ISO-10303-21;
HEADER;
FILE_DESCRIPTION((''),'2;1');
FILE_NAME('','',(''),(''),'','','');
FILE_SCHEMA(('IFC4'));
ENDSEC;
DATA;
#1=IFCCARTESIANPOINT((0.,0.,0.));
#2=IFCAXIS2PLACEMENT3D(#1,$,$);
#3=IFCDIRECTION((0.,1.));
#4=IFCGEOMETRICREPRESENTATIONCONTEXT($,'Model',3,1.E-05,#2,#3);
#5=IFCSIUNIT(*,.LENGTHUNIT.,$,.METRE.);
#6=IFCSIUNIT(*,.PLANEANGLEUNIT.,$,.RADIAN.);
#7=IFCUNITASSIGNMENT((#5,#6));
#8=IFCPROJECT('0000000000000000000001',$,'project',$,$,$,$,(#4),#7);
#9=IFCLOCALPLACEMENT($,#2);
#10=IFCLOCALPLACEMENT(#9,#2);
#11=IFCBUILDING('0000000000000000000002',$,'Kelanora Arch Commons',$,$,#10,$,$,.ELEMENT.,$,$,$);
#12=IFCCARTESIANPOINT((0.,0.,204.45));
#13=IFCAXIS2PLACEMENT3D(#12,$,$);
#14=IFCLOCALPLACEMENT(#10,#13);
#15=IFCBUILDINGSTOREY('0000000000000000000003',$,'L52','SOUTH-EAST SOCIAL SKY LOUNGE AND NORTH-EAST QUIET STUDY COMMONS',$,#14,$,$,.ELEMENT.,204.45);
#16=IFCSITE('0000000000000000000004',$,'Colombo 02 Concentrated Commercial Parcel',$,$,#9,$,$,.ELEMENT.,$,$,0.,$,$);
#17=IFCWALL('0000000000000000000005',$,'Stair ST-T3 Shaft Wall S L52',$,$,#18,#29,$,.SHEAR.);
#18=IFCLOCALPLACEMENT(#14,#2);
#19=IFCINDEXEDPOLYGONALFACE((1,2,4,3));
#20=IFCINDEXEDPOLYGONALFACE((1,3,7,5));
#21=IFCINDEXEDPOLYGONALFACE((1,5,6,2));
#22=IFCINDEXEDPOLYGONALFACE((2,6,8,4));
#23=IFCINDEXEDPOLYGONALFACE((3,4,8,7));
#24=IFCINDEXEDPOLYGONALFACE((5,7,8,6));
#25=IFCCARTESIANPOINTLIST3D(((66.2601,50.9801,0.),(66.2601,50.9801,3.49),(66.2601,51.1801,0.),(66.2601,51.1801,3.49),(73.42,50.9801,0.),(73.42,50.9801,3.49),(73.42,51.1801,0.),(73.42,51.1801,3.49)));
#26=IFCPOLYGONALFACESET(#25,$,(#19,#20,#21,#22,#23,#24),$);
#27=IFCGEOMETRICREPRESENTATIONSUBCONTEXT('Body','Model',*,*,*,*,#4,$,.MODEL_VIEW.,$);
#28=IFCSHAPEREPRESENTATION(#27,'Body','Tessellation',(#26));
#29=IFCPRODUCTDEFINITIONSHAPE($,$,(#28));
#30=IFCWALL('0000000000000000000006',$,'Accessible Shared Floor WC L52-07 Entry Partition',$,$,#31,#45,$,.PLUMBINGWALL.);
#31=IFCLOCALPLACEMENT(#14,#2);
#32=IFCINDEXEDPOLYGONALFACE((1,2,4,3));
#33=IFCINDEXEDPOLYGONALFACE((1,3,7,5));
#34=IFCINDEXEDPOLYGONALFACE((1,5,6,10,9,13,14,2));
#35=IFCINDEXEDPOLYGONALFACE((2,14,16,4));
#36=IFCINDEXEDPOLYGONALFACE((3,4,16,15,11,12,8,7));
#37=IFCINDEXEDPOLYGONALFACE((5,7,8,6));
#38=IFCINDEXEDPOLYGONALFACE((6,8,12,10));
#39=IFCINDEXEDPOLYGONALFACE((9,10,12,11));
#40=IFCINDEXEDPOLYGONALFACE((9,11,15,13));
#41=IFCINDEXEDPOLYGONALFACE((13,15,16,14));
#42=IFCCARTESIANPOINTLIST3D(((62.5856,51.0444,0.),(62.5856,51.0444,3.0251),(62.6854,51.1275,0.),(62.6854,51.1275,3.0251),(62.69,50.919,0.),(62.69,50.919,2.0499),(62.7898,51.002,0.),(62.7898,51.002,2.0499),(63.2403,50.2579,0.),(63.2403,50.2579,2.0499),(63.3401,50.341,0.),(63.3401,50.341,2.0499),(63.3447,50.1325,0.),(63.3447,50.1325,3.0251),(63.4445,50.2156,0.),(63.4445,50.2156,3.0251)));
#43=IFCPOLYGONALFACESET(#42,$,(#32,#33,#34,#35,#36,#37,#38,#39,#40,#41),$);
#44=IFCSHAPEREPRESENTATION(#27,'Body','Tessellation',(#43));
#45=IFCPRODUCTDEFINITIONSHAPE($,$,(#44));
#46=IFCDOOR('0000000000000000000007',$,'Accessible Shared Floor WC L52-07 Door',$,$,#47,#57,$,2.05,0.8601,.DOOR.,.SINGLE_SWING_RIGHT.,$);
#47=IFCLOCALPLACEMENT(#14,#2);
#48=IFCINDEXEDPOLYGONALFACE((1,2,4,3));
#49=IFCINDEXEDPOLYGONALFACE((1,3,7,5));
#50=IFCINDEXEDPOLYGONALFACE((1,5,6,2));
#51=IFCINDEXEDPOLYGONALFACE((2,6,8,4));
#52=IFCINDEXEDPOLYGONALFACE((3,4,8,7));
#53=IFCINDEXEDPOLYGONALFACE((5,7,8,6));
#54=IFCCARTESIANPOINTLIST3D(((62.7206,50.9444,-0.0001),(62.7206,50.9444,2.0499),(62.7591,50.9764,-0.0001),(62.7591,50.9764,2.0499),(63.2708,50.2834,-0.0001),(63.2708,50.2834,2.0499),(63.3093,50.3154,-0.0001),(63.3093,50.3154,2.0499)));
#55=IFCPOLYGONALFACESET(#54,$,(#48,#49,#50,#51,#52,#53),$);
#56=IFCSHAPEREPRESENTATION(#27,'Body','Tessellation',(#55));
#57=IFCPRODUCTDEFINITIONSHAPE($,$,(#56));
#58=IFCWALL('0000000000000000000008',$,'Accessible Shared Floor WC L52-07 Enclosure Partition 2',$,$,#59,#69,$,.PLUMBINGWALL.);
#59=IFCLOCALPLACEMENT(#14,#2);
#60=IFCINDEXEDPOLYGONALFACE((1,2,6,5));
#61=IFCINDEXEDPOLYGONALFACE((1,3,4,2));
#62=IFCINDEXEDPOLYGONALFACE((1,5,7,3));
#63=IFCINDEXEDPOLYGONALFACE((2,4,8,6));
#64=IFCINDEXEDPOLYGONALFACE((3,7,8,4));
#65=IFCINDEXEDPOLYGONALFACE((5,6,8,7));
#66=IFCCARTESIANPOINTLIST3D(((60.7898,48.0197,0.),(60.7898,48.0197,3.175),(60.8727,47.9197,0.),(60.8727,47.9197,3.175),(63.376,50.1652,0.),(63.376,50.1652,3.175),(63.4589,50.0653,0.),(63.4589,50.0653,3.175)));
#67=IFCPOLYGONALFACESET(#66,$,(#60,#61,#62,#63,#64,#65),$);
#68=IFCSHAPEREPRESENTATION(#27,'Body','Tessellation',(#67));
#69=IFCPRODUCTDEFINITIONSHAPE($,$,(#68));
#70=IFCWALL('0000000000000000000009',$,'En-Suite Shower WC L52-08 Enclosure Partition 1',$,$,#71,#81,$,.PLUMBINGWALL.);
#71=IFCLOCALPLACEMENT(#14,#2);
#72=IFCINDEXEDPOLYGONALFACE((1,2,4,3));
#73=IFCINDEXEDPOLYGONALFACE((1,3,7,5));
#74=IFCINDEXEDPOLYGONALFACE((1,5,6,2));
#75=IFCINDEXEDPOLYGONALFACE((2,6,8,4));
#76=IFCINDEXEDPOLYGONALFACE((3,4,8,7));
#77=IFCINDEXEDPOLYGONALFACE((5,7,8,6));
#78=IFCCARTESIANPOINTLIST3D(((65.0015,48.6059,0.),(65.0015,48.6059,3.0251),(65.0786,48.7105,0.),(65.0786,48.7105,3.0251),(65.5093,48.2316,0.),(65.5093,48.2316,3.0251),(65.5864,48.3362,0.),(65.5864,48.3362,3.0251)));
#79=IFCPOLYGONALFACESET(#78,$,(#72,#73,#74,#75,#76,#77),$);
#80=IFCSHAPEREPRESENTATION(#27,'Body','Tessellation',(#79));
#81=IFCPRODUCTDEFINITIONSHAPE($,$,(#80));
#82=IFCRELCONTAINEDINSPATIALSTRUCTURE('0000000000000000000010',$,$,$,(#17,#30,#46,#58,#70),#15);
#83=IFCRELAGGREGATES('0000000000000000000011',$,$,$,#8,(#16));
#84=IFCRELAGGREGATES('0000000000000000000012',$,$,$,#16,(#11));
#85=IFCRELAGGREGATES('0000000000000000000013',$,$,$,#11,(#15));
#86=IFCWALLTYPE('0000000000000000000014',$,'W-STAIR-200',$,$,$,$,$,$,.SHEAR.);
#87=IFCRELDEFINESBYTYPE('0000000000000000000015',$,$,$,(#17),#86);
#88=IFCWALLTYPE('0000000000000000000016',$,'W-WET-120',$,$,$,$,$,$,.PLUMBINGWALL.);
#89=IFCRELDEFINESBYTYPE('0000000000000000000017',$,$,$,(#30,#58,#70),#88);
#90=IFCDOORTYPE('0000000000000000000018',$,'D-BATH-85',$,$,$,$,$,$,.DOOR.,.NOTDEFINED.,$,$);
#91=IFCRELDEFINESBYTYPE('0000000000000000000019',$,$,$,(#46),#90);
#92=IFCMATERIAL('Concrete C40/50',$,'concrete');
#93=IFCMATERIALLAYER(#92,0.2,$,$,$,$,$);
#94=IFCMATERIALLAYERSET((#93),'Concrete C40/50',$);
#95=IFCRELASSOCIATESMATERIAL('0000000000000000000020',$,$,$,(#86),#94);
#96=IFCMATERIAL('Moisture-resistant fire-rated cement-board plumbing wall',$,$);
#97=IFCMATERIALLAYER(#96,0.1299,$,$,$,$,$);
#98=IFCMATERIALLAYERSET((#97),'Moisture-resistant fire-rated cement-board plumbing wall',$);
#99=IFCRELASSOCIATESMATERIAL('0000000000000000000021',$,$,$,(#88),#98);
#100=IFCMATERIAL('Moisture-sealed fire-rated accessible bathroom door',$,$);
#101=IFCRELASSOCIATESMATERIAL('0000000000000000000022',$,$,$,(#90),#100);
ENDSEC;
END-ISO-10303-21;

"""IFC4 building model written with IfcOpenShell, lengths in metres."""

from ifc_helpers import new_model, si_unit, direction, frame, frame_2d, origin, place, context, subcontext, project, spatial, rectangle, extrude, material, layer, layer_set, type_object, element, fill, save


model = new_model("IFC4")

# Units and contexts
model_context = context("Model", 3, precision=1e-05, world=origin(), true_north=direction((0.0, 1.0)))
body_context = subcontext(model_context, "Body", "Model", "MODEL_VIEW")
ifc_project = project(units=[si_unit("LENGTHUNIT", "METRE"), si_unit("PLANEANGLEUNIT", "RADIAN")], contexts=[model_context])

# Site, building, storey
site_placement = place(None, origin())
site = spatial("IfcSite", under=ifc_project, at=site_placement, Name="Colombo 02 Concentrated Commercial Parcel", CompositionType="ELEMENT", RefElevation=0.0)
building_placement = place(site_placement, origin())
building = spatial("IfcBuilding", under=site, at=building_placement, Name="Kelanora Arch Commons", CompositionType="ELEMENT")
storey_placement = place(building_placement, frame((0.0, 0.0, 204.45)))
storey = spatial("IfcBuildingStorey", under=building, at=storey_placement, Name="L52", Description="SOUTH-EAST SOCIAL SKY LOUNGE AND NORTH-EAST QUIET STUDY COMMONS", CompositionType="ELEMENT", Elevation=204.45)

# Wall
ifc_material_1 = material(Name="Concrete C40/50", Category="concrete")
ifc_layer_1 = layer(ifc_material_1, 0.2)
ifc_layer_set_1 = layer_set([ifc_layer_1], Name="Concrete C40/50")
wall_type_1 = type_object("IfcWallType", Name="W-STAIR-200", PredefinedType="SHEAR", material=ifc_layer_set_1)
wall_1_placement = place(storey_placement, frame((66.26, 51.0801, 0.0), z_axis=(0.0, 0.0, 1.0), x_axis=(1.0, 0.0, 0.0)))
element("IfcWall", 1, at=wall_1_placement, inside=storey, type_object=wall_type_1, Name="Stair ST-T3 Shaft Wall S L52", PredefinedType="SHEAR", context=body_context, shape_type="SweptSolid", body=[
    extrude(rectangle(XDim=7.1599, YDim=0.2, at=frame_2d((3.5801, 0.0))), origin(), (0.0, 0.0, 1.0), 3.49),
])

# Wall, opening, door
ifc_material_2 = material(Name="Moisture-resistant fire-rated cement-board plumbing wall")
ifc_layer_2 = layer(ifc_material_2, 0.1299)
ifc_layer_set_2 = layer_set([ifc_layer_2], Name="Moisture-resistant fire-rated cement-board plumbing wall")
wall_type_2 = type_object("IfcWallType", Name="W-WET-120", PredefinedType="PLUMBINGWALL", material=ifc_layer_set_2)
wall_2_placement = place(storey_placement, frame((62.6355, 51.0859, 0.0), z_axis=(0.0, 0.0, 1.0), x_axis=(0.639759, -0.768575, 0.0)))
wall_2 = element("IfcWall", 2, at=wall_2_placement, inside=storey, type_object=wall_type_2, Name="Accessible Shared Floor WC L52-07 Entry Partition", PredefinedType="PLUMBINGWALL", context=body_context, shape_type="SweptSolid", body=[
    extrude(rectangle(XDim=1.1865, YDim=0.1299, at=frame_2d((0.5933, 0.0))), origin(), (0.0, 0.0, 1.0), 3.0251),
])
opening_1_placement = place(wall_2_placement, frame((0.1631, 0.0, 0.0)))
opening_1 = element("IfcOpeningElement", 3, at=opening_1_placement, cuts=wall_2, PredefinedType="OPENING", context=body_context, shape_type="SweptSolid", body=[
    extrude(rectangle(XDim=0.8601, YDim=2.05, at=frame_2d((0.4302, 1.0249))), frame((0.0, 0.075, 0.0), z_axis=(0.0, -1.0, 0.0), x_axis=(1.0, 0.0, 0.0)), (0.0, 0.0, 1.0), 0.1499),
])
ifc_material_3 = material(Name="Moisture-sealed fire-rated accessible bathroom door")
door_type_1 = type_object("IfcDoorType", Name="D-BATH-85", OperationType="NOTDEFINED", PredefinedType="DOOR", material=ifc_material_3)
door_1_placement = place(opening_1_placement, origin())
door_1 = element("IfcDoor", 4, at=door_1_placement, inside=storey, type_object=door_type_1, Name="Accessible Shared Floor WC L52-07 Door", OperationType="SINGLE_SWING_RIGHT", OverallHeight=2.05, OverallWidth=0.8601, PredefinedType="DOOR", context=body_context, shape_type="SweptSolid", body=[
    extrude(rectangle(XDim=0.8601, YDim=2.05, at=frame_2d((0.4302, 1.0249))), frame((0.0, 0.0249, 0.0), z_axis=(0.0, -1.0, 0.0), x_axis=(1.0, 0.0, 0.0)), (0.0, 0.0, 1.0), 0.05),
])
fill(opening_1, door_1)

# Walls
wall_3_placement = place(storey_placement, frame((63.4175, 50.1152, 0.0), z_axis=(0.0, 0.0, 1.0), x_axis=(-0.769631, -0.638489, 0.0)))
element("IfcWall", 5, at=wall_3_placement, inside=storey, type_object=wall_type_2, Name="Accessible Shared Floor WC L52-07 Enclosure Partition 2", PredefinedType="PLUMBINGWALL", context=body_context, shape_type="SweptSolid", body=[
    extrude(rectangle(XDim=3.3604, YDim=0.1299, at=frame_2d((1.6802, 0.0))), origin(), (0.0, 0.0, 1.0), 3.175),
])
wall_4_placement = place(storey_placement, frame((65.04, 48.6582, 0.0), z_axis=(0.0, 0.0, 1.0), x_axis=(0.804988, -0.593291, 0.0)))
element("IfcWall", 6, at=wall_4_placement, inside=storey, type_object=wall_type_2, Name="En-Suite Shower WC L52-08 Enclosure Partition 1", PredefinedType="PLUMBINGWALL", context=body_context, shape_type="SweptSolid", body=[
    extrude(rectangle(XDim=0.6309, YDim=0.1299, at=frame_2d((0.3154, 0.0))), origin(), (0.0, 0.0, 1.0), 3.0251),
])

save(model, "model.ifc")
